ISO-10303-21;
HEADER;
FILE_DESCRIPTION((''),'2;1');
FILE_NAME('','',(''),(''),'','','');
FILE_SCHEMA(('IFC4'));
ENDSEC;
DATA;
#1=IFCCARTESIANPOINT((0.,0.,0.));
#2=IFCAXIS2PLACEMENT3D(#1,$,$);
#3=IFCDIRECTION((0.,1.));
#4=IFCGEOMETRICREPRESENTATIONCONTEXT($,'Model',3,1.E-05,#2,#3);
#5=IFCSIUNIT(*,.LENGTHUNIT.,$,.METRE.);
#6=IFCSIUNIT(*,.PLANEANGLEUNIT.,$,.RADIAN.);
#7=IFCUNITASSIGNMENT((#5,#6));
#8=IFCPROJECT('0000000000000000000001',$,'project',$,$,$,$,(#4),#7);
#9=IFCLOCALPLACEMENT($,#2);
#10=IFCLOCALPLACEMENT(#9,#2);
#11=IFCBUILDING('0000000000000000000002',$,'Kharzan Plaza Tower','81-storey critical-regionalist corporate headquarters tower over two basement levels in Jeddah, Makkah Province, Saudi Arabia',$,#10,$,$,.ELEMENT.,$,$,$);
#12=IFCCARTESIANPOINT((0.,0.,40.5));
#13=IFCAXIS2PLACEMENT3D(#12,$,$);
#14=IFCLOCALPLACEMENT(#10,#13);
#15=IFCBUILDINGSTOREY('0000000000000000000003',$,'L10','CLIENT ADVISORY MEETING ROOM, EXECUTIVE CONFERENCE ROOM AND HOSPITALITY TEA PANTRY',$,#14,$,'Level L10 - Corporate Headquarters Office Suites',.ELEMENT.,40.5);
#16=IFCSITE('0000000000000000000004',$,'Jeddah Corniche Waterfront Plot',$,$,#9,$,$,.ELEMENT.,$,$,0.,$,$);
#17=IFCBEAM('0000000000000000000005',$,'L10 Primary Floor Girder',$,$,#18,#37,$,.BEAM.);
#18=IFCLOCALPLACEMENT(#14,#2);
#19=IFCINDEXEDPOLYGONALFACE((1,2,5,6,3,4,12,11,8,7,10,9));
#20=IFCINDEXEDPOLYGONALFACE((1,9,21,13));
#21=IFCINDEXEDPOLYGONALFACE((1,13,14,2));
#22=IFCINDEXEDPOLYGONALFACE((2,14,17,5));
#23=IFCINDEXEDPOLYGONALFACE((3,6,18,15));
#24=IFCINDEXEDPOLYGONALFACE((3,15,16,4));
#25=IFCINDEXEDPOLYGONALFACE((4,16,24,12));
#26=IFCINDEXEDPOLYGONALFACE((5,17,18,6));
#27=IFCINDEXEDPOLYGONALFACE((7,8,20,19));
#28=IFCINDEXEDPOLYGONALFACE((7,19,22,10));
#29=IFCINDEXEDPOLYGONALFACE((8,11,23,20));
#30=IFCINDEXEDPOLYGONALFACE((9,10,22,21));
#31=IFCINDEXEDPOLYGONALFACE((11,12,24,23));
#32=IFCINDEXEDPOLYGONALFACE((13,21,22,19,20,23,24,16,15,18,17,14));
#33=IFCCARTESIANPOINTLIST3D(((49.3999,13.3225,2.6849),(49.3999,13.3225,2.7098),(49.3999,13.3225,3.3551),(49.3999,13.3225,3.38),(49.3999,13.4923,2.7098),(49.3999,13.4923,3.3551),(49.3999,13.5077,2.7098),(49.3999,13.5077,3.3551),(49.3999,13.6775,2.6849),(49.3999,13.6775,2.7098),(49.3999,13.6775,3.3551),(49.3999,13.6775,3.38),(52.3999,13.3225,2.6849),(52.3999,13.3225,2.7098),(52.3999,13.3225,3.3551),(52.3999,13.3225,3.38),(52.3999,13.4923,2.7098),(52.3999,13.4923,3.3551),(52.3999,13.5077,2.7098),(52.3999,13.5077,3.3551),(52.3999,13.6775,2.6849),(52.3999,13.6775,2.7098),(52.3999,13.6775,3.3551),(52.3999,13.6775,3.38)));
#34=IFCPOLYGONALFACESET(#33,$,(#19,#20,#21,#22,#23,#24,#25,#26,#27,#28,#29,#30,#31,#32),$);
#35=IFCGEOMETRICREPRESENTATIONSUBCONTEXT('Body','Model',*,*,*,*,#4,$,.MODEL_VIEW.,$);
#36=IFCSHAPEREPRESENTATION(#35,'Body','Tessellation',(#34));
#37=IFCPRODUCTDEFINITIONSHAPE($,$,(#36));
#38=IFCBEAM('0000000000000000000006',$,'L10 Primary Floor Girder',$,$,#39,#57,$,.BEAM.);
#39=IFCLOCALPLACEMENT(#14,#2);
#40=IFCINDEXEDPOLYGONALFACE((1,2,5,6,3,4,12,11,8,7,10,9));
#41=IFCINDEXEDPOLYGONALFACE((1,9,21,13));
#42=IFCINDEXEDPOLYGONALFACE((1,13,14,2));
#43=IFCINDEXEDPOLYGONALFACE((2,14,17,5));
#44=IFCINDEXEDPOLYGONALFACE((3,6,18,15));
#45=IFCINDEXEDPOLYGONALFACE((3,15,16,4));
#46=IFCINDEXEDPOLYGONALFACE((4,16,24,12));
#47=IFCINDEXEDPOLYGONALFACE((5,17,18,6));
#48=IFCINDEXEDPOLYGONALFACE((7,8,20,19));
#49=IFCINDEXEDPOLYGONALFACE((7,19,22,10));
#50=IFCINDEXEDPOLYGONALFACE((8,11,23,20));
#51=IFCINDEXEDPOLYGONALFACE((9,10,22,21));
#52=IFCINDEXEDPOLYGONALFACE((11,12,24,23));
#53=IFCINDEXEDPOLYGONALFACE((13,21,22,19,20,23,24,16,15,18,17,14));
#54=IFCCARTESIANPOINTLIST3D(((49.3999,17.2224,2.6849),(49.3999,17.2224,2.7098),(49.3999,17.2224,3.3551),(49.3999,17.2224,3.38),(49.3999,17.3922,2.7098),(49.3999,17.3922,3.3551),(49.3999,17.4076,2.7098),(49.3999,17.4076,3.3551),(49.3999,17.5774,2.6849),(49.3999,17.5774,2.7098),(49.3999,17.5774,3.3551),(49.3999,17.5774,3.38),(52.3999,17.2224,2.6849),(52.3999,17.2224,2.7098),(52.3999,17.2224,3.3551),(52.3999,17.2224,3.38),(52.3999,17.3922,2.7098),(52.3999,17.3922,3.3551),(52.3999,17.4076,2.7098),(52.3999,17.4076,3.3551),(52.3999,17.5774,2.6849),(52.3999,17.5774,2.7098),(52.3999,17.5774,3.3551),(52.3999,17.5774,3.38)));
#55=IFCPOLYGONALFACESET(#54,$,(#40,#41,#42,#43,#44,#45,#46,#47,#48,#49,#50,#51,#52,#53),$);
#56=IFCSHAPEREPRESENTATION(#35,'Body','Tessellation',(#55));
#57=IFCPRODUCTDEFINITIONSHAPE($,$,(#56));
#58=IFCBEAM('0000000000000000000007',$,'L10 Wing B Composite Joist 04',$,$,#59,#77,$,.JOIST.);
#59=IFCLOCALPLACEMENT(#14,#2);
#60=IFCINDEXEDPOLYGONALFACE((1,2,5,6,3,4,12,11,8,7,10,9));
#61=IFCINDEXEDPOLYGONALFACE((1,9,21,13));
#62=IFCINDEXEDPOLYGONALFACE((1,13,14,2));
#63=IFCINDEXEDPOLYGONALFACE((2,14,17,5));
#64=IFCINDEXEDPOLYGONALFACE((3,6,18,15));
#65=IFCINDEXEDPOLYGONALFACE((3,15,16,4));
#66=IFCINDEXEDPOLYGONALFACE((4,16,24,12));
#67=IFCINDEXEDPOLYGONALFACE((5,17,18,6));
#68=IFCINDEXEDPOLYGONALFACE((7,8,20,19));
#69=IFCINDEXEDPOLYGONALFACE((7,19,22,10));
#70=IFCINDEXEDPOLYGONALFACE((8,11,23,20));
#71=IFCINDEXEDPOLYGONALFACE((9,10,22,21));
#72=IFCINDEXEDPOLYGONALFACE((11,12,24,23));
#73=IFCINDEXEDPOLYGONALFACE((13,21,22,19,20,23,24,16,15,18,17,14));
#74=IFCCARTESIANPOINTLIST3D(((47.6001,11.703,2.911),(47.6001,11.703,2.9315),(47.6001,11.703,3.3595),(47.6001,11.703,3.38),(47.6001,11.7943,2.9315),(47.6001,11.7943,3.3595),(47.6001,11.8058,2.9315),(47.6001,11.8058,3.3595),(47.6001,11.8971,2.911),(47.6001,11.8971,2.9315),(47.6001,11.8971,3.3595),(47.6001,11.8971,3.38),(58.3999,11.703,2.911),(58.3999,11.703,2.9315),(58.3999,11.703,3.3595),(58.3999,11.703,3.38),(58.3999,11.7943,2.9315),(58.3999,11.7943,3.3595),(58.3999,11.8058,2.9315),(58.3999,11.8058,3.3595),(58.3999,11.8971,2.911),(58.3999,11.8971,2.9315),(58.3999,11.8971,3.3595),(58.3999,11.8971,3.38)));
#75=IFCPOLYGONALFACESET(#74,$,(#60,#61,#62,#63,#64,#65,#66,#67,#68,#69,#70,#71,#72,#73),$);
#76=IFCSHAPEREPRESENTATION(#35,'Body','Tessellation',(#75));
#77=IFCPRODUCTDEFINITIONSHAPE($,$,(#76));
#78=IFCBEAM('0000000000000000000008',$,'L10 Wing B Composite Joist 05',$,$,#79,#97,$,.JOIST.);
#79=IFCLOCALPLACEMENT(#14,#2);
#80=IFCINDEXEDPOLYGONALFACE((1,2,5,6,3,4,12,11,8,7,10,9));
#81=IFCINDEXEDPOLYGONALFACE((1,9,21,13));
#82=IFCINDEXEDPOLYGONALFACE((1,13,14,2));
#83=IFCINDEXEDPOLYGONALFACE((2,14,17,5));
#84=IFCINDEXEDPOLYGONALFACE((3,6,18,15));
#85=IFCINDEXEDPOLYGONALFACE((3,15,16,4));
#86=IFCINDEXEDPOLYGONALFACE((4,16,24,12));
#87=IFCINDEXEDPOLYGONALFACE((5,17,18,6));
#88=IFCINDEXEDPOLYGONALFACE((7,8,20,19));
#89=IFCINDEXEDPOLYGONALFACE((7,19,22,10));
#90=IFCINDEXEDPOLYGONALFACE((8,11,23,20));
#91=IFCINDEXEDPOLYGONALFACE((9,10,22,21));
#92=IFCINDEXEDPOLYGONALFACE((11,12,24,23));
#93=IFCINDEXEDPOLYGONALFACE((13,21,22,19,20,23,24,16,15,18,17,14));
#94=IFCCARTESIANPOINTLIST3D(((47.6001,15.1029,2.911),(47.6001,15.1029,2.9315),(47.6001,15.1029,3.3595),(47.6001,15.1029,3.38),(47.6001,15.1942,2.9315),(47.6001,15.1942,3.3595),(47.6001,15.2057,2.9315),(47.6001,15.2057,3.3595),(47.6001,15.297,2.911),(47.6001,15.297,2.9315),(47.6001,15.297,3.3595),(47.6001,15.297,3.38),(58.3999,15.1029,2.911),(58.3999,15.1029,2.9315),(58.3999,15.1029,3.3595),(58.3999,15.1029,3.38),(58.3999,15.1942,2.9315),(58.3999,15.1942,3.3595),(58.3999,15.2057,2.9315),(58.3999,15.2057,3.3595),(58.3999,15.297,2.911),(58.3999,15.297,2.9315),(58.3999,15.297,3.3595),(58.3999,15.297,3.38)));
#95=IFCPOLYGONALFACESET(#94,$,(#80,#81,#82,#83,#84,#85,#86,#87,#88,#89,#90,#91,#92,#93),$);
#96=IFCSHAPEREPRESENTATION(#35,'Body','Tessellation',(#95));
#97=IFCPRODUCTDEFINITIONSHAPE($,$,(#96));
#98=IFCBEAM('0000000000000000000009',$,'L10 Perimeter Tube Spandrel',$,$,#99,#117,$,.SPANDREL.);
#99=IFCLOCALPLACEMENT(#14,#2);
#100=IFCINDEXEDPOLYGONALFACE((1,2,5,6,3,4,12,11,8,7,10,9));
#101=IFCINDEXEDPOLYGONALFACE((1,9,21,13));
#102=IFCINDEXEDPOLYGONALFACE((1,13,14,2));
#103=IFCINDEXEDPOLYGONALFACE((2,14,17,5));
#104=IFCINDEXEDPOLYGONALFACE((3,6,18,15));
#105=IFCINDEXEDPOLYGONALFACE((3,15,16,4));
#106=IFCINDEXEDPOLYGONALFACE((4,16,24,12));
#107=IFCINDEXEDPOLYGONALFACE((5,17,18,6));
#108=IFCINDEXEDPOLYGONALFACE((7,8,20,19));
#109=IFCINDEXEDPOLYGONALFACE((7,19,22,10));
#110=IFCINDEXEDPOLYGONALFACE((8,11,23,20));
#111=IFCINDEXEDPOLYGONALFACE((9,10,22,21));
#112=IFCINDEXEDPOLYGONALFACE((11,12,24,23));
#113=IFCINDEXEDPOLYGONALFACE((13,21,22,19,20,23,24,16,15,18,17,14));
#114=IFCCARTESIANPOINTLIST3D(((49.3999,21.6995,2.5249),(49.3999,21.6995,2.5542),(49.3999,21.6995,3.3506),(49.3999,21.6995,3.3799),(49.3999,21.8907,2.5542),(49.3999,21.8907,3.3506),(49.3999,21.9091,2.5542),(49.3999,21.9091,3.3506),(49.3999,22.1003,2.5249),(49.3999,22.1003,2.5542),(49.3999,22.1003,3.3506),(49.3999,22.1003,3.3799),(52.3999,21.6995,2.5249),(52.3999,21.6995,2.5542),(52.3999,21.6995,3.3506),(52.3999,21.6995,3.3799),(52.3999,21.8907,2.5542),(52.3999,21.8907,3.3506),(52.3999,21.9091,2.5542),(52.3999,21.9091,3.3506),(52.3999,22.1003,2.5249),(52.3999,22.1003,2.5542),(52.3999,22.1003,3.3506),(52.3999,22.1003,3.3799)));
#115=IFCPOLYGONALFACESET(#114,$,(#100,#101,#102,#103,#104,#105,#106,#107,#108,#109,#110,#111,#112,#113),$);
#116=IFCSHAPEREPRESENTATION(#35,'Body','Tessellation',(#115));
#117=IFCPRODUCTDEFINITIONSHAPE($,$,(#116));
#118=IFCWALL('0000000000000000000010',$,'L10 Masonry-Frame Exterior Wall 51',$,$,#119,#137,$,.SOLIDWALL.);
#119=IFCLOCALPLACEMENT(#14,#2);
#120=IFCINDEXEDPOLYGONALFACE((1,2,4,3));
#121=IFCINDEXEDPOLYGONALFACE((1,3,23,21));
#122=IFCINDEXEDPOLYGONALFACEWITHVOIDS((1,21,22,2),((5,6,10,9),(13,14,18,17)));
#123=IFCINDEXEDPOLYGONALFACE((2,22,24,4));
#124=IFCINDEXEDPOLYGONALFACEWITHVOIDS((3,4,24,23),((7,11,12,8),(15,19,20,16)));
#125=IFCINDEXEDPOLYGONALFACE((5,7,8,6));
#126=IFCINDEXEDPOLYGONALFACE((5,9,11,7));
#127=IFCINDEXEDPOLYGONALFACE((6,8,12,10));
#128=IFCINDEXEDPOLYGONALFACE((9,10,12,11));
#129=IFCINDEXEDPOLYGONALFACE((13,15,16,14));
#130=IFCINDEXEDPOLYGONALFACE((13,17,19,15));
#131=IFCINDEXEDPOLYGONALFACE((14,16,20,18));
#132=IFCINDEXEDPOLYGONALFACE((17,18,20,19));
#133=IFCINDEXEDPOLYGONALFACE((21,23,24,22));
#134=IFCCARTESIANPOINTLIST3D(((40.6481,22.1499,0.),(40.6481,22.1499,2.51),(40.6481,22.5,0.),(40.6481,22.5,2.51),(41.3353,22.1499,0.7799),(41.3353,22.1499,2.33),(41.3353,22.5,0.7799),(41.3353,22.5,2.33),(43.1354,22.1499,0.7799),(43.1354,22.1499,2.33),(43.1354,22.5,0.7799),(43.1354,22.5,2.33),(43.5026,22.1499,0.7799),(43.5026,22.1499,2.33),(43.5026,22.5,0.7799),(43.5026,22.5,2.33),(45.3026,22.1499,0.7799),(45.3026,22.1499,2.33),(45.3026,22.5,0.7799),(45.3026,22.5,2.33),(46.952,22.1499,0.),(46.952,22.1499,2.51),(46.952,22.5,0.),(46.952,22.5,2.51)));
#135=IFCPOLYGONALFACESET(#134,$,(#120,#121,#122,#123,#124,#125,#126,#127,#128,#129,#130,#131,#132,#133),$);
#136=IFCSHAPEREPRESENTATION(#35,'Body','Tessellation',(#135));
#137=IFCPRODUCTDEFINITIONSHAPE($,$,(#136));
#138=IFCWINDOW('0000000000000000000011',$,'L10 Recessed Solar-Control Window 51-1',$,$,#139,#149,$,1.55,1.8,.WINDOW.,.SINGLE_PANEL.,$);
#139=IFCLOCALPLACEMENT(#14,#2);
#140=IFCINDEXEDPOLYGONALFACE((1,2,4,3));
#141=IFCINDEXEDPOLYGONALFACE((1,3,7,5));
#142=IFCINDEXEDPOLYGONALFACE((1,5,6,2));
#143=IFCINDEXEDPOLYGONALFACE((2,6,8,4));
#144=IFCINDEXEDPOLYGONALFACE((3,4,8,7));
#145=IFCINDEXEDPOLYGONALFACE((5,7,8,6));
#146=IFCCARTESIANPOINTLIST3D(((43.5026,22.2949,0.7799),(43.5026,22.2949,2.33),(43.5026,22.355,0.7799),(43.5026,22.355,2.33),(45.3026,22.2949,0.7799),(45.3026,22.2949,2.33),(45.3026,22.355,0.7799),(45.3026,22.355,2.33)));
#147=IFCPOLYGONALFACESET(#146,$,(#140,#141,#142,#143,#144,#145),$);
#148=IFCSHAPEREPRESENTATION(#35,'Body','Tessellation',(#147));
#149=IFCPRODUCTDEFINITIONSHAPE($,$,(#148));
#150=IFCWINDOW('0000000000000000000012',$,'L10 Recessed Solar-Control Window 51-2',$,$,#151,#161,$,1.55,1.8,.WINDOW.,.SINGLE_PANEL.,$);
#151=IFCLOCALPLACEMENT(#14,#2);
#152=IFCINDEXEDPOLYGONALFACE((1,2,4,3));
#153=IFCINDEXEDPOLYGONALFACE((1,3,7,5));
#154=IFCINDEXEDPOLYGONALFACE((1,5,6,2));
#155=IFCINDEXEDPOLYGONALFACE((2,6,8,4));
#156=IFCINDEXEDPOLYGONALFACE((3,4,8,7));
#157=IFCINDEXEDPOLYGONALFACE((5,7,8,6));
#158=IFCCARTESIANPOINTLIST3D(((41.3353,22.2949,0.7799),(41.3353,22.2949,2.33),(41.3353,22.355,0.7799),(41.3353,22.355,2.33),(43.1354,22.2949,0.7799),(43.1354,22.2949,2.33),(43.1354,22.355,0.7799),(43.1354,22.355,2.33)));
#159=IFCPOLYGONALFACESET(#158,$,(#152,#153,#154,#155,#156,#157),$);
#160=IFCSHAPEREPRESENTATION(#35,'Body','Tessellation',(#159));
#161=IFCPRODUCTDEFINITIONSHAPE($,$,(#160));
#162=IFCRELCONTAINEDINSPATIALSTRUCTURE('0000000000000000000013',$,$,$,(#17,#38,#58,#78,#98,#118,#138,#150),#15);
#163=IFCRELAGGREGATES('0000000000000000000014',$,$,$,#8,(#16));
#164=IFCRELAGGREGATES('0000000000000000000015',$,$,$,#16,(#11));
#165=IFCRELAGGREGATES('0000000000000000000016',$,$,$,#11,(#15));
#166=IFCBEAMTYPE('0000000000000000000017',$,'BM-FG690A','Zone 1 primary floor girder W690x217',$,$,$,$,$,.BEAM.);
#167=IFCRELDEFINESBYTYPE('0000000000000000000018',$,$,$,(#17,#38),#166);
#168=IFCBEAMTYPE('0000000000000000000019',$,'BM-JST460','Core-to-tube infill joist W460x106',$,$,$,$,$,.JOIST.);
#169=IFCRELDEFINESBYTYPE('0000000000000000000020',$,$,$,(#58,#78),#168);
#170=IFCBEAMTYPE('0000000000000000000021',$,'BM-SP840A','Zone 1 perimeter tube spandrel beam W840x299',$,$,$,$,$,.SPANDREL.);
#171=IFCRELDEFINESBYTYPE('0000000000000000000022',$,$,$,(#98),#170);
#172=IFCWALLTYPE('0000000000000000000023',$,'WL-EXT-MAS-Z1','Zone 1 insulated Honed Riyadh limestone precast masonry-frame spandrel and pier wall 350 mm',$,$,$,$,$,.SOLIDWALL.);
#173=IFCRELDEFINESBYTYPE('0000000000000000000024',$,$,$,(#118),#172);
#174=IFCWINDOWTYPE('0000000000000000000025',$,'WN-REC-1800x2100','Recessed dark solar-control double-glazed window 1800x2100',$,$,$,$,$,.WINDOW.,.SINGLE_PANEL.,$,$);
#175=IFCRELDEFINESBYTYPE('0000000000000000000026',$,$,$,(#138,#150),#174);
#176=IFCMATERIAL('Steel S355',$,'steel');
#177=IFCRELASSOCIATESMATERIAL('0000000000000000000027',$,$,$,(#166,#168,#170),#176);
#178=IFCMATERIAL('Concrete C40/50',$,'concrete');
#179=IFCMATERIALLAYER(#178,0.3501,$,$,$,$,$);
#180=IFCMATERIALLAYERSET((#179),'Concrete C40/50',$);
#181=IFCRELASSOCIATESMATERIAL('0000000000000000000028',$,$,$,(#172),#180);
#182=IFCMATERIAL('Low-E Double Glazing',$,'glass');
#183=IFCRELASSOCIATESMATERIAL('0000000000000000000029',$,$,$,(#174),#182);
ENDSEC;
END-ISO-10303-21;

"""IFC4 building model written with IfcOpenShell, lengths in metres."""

from ifc_helpers import new_model, si_unit, direction, frame, frame_2d, origin, origin_2d, place, context, subcontext, project, spatial, rectangle, i_section, extrude, source, transform, mapped, material, layer, layer_set, material_profile, profile_set, type_object, element, fill, save


model = new_model("IFC4")

# Units and contexts
model_context = context("Model", 3, precision=1e-05, world=origin(), true_north=direction((0.0, 1.0)))
body_context = subcontext(model_context, "Body", "Model", "MODEL_VIEW")
ifc_project = project(units=[si_unit("LENGTHUNIT", "METRE"), si_unit("PLANEANGLEUNIT", "RADIAN")], contexts=[model_context])

# Site, building, storey
site_placement = place(None, origin())
site = spatial("IfcSite", under=ifc_project, at=site_placement, Name="Jeddah Corniche Waterfront Plot", CompositionType="ELEMENT", RefElevation=0.0)
building_placement = place(site_placement, origin())
building = spatial("IfcBuilding", under=site, at=building_placement, Name="Kharzan Plaza Tower", Description="81-storey critical-regionalist corporate headquarters tower over two basement levels in Jeddah, Makkah Province, Saudi Arabia", CompositionType="ELEMENT")
storey_placement = place(building_placement, frame((0.0, 0.0, 40.5)))
storey = spatial("IfcBuildingStorey", under=building, at=storey_placement, Name="L10", Description="CLIENT ADVISORY MEETING ROOM, EXECUTIVE CONFERENCE ROOM AND HOSPITALITY TEA PANTRY", LongName="Level L10 - Corporate Headquarters Office Suites", CompositionType="ELEMENT", Elevation=40.5)

# Beams
ifc_material_1 = material(Name="Steel S355", Category="steel")
ifc_material_profile_1 = material_profile(ifc_material_1, i_section(OverallWidth=0.355, OverallDepth=0.6951, WebThickness=0.0154, FlangeThickness=0.0249, at=origin_2d()), Name="W690x217")
ifc_profile_set_1 = profile_set([ifc_material_profile_1], Name="Steel S355")
beam_type_1 = type_object("IfcBeamType", Name="BM-FG690A", Description="Zone 1 primary floor girder W690x217", PredefinedType="BEAM", material=ifc_profile_set_1)
shared_shape_1 = source(origin(), body_context, "Body", "SweptSolid", [
    extrude(i_section(OverallWidth=0.355, OverallDepth=0.6951, WebThickness=0.0154, FlangeThickness=0.0249, at=origin_2d()), origin(), (0.0, 0.0, 1.0), 3.0),
])
for number, where, z_axis, x_axis, name in (
    (1, (49.3999, 13.5, 3.0325), (1.0, 0.0, 0.0), (0.0, 1.0, 0.0), "L10 Primary Floor Girder"),
    (2, (49.3999, 17.3999, 3.0325), (1.0, 0.0, 0.0), (0.0, 1.0, 0.0), "L10 Primary Floor Girder"),
):
    element("IfcBeam", number, at=place(storey_placement, frame(where, z_axis=z_axis, x_axis=x_axis)), inside=storey, type_object=beam_type_1, Name=name, PredefinedType="BEAM", context=body_context, shape_type="MappedRepresentation", body=[
        mapped(shared_shape_1, transform((0.0, 0.0, 0.0), x_axis=(1.0, 0.0, 0.0), y_axis=(0.0, 1.0, 0.0), z_axis=(0.0, 0.0, 1.0))),
    ])
ifc_material_profile_2 = material_profile(ifc_material_1, i_section(OverallWidth=0.1941, OverallDepth=0.469, WebThickness=0.0115, FlangeThickness=0.0205, at=origin_2d()), Name="W460x106")
ifc_profile_set_2 = profile_set([ifc_material_profile_2], Name="Steel S355")
beam_type_2 = type_object("IfcBeamType", Name="BM-JST460", Description="Core-to-tube infill joist W460x106", PredefinedType="JOIST", material=ifc_profile_set_2)
shared_shape_2 = source(origin(), body_context, "Body", "SweptSolid", [
    extrude(i_section(OverallWidth=0.1941, OverallDepth=0.469, WebThickness=0.0115, FlangeThickness=0.0205, at=origin_2d()), origin(), (0.0, 0.0, 1.0), 10.7998),
])
for number, where, z_axis, x_axis, name in (
    (3, (47.6001, 11.8, 3.1455), (1.0, 0.0, 0.0), (0.0, 1.0, 0.0), "L10 Wing B Composite Joist 04"),
    (4, (47.6001, 15.2, 3.1455), (1.0, 0.0, 0.0), (0.0, 1.0, 0.0), "L10 Wing B Composite Joist 05"),
):
    element("IfcBeam", number, at=place(storey_placement, frame(where, z_axis=z_axis, x_axis=x_axis)), inside=storey, type_object=beam_type_2, Name=name, PredefinedType="JOIST", context=body_context, shape_type="MappedRepresentation", body=[
        mapped(shared_shape_2, transform((0.0, 0.0, 0.0), x_axis=(1.0, 0.0, 0.0), y_axis=(0.0, 1.0, 0.0), z_axis=(0.0, 0.0, 1.0))),
    ])
ifc_material_profile_3 = material_profile(ifc_material_1, i_section(OverallWidth=0.4009, OverallDepth=0.855, WebThickness=0.0183, FlangeThickness=0.0293, at=origin_2d()), Name="W840x299")
ifc_profile_set_3 = profile_set([ifc_material_profile_3], Name="Steel S355")
beam_type_3 = type_object("IfcBeamType", Name="BM-SP840A", Description="Zone 1 perimeter tube spandrel beam W840x299", PredefinedType="SPANDREL", material=ifc_profile_set_3)
shared_shape_3 = source(origin(), body_context, "Body", "SweptSolid", [
    extrude(i_section(OverallWidth=0.4009, OverallDepth=0.855, WebThickness=0.0183, FlangeThickness=0.0293, at=origin_2d()), origin(), (0.0, 0.0, 1.0), 3.0),
])
beam_1_placement = place(storey_placement, frame((49.3999, 21.8999, 2.9524), z_axis=(1.0, 0.0, 0.0), x_axis=(0.0, 1.0, 0.0)))
element("IfcBeam", 5, at=beam_1_placement, inside=storey, type_object=beam_type_3, Name="L10 Perimeter Tube Spandrel", PredefinedType="SPANDREL", context=body_context, shape_type="MappedRepresentation", body=[
    mapped(shared_shape_3, transform((0.0, 0.0, 0.0), x_axis=(1.0, 0.0, 0.0), y_axis=(0.0, 1.0, 0.0), z_axis=(0.0, 0.0, 1.0))),
])

# Wall, openings, windows
ifc_material_2 = material(Name="Concrete C40/50", Category="concrete")
ifc_layer_1 = layer(ifc_material_2, 0.3501)
ifc_layer_set_1 = layer_set([ifc_layer_1], Name="Concrete C40/50")
wall_type_1 = type_object("IfcWallType", Name="WL-EXT-MAS-Z1", Description="Zone 1 insulated Honed Riyadh limestone precast masonry-frame spandrel and pier wall 350 mm", PredefinedType="SOLIDWALL", material=ifc_layer_set_1)
wall_1_placement = place(storey_placement, frame((46.9519, 22.325, 0.0), z_axis=(0.0, 0.0, 1.0), x_axis=(-1.0, 0.0, 0.0)))
wall_1 = element("IfcWall", 6, at=wall_1_placement, inside=storey, type_object=wall_type_1, Name="L10 Masonry-Frame Exterior Wall 51", PredefinedType="SOLIDWALL", context=body_context, shape_type="SweptSolid", body=[
    extrude(rectangle(XDim=6.304, YDim=0.3501, at=frame_2d((3.1519, 0.0))), origin(), (0.0, 0.0, 1.0), 2.51),
])
opening_1_placement = place(wall_1_placement, frame((1.6494, 0.0, 0.78)))
opening_1 = element("IfcOpeningElement", 7, at=opening_1_placement, cuts=wall_1, PredefinedType="OPENING", context=body_context, shape_type="SweptSolid", body=[
    extrude(rectangle(XDim=1.8, YDim=1.55, at=frame_2d((0.8999, 0.7749))), frame((0.0, 0.1851, 0.0), z_axis=(0.0, -1.0, 0.0), x_axis=(1.0, 0.0, 0.0)), (0.0, 0.0, 1.0), 0.3701),
])
opening_2_placement = place(wall_1_placement, frame((3.8167, 0.0, 0.78)))
opening_2 = element("IfcOpeningElement", 8, at=opening_2_placement, cuts=wall_1, PredefinedType="OPENING", context=body_context, shape_type="SweptSolid", body=[
    extrude(rectangle(XDim=1.8, YDim=1.55, at=frame_2d((0.8999, 0.7749))), frame((0.0, 0.1851, 0.0), z_axis=(0.0, -1.0, 0.0), x_axis=(1.0, 0.0, 0.0)), (0.0, 0.0, 1.0), 0.3701),
])
ifc_material_3 = material(Name="Low-E Double Glazing", Category="glass")
window_type = type_object("IfcWindowType", Name="WN-REC-1800x2100", Description="Recessed dark solar-control double-glazed window 1800x2100", PartitioningType="SINGLE_PANEL", PredefinedType="WINDOW", material=ifc_material_3)
shared_shape_4 = source(origin(), body_context, "Body", "SweptSolid", [
    extrude(rectangle(XDim=1.8, YDim=1.55, at=frame_2d((0.8999, 0.7749))), frame((0.0, 0.03, 0.0), z_axis=(0.0, -1.0, 0.0), x_axis=(1.0, 0.0, 0.0)), (0.0, 0.0, 1.0), 0.0601),
])
window_1_placement = place(opening_1_placement, origin())
window_1 = element("IfcWindow", 9, at=window_1_placement, inside=storey, type_object=window_type, Name="L10 Recessed Solar-Control Window 51-1", OverallHeight=1.55, OverallWidth=1.8, PartitioningType="SINGLE_PANEL", PredefinedType="WINDOW", context=body_context, shape_type="MappedRepresentation", body=[
    mapped(shared_shape_4, transform((0.0, 0.0, 0.0), x_axis=(1.0, 0.0, 0.0), y_axis=(0.0, 1.0, 0.0), z_axis=(0.0, 0.0, 1.0))),
])
fill(opening_1, window_1)
window_2_placement = place(opening_2_placement, origin())
window_2 = element("IfcWindow", 10, at=window_2_placement, inside=storey, type_object=window_type, Name="L10 Recessed Solar-Control Window 51-2", OverallHeight=1.55, OverallWidth=1.8, PartitioningType="SINGLE_PANEL", PredefinedType="WINDOW", context=body_context, shape_type="MappedRepresentation", body=[
    mapped(shared_shape_4, transform((0.0, 0.0, 0.0), x_axis=(1.0, 0.0, 0.0), y_axis=(0.0, 1.0, 0.0), z_axis=(0.0, 0.0, 1.0))),
])
fill(opening_2, window_2)

save(model, "model.ifc")
